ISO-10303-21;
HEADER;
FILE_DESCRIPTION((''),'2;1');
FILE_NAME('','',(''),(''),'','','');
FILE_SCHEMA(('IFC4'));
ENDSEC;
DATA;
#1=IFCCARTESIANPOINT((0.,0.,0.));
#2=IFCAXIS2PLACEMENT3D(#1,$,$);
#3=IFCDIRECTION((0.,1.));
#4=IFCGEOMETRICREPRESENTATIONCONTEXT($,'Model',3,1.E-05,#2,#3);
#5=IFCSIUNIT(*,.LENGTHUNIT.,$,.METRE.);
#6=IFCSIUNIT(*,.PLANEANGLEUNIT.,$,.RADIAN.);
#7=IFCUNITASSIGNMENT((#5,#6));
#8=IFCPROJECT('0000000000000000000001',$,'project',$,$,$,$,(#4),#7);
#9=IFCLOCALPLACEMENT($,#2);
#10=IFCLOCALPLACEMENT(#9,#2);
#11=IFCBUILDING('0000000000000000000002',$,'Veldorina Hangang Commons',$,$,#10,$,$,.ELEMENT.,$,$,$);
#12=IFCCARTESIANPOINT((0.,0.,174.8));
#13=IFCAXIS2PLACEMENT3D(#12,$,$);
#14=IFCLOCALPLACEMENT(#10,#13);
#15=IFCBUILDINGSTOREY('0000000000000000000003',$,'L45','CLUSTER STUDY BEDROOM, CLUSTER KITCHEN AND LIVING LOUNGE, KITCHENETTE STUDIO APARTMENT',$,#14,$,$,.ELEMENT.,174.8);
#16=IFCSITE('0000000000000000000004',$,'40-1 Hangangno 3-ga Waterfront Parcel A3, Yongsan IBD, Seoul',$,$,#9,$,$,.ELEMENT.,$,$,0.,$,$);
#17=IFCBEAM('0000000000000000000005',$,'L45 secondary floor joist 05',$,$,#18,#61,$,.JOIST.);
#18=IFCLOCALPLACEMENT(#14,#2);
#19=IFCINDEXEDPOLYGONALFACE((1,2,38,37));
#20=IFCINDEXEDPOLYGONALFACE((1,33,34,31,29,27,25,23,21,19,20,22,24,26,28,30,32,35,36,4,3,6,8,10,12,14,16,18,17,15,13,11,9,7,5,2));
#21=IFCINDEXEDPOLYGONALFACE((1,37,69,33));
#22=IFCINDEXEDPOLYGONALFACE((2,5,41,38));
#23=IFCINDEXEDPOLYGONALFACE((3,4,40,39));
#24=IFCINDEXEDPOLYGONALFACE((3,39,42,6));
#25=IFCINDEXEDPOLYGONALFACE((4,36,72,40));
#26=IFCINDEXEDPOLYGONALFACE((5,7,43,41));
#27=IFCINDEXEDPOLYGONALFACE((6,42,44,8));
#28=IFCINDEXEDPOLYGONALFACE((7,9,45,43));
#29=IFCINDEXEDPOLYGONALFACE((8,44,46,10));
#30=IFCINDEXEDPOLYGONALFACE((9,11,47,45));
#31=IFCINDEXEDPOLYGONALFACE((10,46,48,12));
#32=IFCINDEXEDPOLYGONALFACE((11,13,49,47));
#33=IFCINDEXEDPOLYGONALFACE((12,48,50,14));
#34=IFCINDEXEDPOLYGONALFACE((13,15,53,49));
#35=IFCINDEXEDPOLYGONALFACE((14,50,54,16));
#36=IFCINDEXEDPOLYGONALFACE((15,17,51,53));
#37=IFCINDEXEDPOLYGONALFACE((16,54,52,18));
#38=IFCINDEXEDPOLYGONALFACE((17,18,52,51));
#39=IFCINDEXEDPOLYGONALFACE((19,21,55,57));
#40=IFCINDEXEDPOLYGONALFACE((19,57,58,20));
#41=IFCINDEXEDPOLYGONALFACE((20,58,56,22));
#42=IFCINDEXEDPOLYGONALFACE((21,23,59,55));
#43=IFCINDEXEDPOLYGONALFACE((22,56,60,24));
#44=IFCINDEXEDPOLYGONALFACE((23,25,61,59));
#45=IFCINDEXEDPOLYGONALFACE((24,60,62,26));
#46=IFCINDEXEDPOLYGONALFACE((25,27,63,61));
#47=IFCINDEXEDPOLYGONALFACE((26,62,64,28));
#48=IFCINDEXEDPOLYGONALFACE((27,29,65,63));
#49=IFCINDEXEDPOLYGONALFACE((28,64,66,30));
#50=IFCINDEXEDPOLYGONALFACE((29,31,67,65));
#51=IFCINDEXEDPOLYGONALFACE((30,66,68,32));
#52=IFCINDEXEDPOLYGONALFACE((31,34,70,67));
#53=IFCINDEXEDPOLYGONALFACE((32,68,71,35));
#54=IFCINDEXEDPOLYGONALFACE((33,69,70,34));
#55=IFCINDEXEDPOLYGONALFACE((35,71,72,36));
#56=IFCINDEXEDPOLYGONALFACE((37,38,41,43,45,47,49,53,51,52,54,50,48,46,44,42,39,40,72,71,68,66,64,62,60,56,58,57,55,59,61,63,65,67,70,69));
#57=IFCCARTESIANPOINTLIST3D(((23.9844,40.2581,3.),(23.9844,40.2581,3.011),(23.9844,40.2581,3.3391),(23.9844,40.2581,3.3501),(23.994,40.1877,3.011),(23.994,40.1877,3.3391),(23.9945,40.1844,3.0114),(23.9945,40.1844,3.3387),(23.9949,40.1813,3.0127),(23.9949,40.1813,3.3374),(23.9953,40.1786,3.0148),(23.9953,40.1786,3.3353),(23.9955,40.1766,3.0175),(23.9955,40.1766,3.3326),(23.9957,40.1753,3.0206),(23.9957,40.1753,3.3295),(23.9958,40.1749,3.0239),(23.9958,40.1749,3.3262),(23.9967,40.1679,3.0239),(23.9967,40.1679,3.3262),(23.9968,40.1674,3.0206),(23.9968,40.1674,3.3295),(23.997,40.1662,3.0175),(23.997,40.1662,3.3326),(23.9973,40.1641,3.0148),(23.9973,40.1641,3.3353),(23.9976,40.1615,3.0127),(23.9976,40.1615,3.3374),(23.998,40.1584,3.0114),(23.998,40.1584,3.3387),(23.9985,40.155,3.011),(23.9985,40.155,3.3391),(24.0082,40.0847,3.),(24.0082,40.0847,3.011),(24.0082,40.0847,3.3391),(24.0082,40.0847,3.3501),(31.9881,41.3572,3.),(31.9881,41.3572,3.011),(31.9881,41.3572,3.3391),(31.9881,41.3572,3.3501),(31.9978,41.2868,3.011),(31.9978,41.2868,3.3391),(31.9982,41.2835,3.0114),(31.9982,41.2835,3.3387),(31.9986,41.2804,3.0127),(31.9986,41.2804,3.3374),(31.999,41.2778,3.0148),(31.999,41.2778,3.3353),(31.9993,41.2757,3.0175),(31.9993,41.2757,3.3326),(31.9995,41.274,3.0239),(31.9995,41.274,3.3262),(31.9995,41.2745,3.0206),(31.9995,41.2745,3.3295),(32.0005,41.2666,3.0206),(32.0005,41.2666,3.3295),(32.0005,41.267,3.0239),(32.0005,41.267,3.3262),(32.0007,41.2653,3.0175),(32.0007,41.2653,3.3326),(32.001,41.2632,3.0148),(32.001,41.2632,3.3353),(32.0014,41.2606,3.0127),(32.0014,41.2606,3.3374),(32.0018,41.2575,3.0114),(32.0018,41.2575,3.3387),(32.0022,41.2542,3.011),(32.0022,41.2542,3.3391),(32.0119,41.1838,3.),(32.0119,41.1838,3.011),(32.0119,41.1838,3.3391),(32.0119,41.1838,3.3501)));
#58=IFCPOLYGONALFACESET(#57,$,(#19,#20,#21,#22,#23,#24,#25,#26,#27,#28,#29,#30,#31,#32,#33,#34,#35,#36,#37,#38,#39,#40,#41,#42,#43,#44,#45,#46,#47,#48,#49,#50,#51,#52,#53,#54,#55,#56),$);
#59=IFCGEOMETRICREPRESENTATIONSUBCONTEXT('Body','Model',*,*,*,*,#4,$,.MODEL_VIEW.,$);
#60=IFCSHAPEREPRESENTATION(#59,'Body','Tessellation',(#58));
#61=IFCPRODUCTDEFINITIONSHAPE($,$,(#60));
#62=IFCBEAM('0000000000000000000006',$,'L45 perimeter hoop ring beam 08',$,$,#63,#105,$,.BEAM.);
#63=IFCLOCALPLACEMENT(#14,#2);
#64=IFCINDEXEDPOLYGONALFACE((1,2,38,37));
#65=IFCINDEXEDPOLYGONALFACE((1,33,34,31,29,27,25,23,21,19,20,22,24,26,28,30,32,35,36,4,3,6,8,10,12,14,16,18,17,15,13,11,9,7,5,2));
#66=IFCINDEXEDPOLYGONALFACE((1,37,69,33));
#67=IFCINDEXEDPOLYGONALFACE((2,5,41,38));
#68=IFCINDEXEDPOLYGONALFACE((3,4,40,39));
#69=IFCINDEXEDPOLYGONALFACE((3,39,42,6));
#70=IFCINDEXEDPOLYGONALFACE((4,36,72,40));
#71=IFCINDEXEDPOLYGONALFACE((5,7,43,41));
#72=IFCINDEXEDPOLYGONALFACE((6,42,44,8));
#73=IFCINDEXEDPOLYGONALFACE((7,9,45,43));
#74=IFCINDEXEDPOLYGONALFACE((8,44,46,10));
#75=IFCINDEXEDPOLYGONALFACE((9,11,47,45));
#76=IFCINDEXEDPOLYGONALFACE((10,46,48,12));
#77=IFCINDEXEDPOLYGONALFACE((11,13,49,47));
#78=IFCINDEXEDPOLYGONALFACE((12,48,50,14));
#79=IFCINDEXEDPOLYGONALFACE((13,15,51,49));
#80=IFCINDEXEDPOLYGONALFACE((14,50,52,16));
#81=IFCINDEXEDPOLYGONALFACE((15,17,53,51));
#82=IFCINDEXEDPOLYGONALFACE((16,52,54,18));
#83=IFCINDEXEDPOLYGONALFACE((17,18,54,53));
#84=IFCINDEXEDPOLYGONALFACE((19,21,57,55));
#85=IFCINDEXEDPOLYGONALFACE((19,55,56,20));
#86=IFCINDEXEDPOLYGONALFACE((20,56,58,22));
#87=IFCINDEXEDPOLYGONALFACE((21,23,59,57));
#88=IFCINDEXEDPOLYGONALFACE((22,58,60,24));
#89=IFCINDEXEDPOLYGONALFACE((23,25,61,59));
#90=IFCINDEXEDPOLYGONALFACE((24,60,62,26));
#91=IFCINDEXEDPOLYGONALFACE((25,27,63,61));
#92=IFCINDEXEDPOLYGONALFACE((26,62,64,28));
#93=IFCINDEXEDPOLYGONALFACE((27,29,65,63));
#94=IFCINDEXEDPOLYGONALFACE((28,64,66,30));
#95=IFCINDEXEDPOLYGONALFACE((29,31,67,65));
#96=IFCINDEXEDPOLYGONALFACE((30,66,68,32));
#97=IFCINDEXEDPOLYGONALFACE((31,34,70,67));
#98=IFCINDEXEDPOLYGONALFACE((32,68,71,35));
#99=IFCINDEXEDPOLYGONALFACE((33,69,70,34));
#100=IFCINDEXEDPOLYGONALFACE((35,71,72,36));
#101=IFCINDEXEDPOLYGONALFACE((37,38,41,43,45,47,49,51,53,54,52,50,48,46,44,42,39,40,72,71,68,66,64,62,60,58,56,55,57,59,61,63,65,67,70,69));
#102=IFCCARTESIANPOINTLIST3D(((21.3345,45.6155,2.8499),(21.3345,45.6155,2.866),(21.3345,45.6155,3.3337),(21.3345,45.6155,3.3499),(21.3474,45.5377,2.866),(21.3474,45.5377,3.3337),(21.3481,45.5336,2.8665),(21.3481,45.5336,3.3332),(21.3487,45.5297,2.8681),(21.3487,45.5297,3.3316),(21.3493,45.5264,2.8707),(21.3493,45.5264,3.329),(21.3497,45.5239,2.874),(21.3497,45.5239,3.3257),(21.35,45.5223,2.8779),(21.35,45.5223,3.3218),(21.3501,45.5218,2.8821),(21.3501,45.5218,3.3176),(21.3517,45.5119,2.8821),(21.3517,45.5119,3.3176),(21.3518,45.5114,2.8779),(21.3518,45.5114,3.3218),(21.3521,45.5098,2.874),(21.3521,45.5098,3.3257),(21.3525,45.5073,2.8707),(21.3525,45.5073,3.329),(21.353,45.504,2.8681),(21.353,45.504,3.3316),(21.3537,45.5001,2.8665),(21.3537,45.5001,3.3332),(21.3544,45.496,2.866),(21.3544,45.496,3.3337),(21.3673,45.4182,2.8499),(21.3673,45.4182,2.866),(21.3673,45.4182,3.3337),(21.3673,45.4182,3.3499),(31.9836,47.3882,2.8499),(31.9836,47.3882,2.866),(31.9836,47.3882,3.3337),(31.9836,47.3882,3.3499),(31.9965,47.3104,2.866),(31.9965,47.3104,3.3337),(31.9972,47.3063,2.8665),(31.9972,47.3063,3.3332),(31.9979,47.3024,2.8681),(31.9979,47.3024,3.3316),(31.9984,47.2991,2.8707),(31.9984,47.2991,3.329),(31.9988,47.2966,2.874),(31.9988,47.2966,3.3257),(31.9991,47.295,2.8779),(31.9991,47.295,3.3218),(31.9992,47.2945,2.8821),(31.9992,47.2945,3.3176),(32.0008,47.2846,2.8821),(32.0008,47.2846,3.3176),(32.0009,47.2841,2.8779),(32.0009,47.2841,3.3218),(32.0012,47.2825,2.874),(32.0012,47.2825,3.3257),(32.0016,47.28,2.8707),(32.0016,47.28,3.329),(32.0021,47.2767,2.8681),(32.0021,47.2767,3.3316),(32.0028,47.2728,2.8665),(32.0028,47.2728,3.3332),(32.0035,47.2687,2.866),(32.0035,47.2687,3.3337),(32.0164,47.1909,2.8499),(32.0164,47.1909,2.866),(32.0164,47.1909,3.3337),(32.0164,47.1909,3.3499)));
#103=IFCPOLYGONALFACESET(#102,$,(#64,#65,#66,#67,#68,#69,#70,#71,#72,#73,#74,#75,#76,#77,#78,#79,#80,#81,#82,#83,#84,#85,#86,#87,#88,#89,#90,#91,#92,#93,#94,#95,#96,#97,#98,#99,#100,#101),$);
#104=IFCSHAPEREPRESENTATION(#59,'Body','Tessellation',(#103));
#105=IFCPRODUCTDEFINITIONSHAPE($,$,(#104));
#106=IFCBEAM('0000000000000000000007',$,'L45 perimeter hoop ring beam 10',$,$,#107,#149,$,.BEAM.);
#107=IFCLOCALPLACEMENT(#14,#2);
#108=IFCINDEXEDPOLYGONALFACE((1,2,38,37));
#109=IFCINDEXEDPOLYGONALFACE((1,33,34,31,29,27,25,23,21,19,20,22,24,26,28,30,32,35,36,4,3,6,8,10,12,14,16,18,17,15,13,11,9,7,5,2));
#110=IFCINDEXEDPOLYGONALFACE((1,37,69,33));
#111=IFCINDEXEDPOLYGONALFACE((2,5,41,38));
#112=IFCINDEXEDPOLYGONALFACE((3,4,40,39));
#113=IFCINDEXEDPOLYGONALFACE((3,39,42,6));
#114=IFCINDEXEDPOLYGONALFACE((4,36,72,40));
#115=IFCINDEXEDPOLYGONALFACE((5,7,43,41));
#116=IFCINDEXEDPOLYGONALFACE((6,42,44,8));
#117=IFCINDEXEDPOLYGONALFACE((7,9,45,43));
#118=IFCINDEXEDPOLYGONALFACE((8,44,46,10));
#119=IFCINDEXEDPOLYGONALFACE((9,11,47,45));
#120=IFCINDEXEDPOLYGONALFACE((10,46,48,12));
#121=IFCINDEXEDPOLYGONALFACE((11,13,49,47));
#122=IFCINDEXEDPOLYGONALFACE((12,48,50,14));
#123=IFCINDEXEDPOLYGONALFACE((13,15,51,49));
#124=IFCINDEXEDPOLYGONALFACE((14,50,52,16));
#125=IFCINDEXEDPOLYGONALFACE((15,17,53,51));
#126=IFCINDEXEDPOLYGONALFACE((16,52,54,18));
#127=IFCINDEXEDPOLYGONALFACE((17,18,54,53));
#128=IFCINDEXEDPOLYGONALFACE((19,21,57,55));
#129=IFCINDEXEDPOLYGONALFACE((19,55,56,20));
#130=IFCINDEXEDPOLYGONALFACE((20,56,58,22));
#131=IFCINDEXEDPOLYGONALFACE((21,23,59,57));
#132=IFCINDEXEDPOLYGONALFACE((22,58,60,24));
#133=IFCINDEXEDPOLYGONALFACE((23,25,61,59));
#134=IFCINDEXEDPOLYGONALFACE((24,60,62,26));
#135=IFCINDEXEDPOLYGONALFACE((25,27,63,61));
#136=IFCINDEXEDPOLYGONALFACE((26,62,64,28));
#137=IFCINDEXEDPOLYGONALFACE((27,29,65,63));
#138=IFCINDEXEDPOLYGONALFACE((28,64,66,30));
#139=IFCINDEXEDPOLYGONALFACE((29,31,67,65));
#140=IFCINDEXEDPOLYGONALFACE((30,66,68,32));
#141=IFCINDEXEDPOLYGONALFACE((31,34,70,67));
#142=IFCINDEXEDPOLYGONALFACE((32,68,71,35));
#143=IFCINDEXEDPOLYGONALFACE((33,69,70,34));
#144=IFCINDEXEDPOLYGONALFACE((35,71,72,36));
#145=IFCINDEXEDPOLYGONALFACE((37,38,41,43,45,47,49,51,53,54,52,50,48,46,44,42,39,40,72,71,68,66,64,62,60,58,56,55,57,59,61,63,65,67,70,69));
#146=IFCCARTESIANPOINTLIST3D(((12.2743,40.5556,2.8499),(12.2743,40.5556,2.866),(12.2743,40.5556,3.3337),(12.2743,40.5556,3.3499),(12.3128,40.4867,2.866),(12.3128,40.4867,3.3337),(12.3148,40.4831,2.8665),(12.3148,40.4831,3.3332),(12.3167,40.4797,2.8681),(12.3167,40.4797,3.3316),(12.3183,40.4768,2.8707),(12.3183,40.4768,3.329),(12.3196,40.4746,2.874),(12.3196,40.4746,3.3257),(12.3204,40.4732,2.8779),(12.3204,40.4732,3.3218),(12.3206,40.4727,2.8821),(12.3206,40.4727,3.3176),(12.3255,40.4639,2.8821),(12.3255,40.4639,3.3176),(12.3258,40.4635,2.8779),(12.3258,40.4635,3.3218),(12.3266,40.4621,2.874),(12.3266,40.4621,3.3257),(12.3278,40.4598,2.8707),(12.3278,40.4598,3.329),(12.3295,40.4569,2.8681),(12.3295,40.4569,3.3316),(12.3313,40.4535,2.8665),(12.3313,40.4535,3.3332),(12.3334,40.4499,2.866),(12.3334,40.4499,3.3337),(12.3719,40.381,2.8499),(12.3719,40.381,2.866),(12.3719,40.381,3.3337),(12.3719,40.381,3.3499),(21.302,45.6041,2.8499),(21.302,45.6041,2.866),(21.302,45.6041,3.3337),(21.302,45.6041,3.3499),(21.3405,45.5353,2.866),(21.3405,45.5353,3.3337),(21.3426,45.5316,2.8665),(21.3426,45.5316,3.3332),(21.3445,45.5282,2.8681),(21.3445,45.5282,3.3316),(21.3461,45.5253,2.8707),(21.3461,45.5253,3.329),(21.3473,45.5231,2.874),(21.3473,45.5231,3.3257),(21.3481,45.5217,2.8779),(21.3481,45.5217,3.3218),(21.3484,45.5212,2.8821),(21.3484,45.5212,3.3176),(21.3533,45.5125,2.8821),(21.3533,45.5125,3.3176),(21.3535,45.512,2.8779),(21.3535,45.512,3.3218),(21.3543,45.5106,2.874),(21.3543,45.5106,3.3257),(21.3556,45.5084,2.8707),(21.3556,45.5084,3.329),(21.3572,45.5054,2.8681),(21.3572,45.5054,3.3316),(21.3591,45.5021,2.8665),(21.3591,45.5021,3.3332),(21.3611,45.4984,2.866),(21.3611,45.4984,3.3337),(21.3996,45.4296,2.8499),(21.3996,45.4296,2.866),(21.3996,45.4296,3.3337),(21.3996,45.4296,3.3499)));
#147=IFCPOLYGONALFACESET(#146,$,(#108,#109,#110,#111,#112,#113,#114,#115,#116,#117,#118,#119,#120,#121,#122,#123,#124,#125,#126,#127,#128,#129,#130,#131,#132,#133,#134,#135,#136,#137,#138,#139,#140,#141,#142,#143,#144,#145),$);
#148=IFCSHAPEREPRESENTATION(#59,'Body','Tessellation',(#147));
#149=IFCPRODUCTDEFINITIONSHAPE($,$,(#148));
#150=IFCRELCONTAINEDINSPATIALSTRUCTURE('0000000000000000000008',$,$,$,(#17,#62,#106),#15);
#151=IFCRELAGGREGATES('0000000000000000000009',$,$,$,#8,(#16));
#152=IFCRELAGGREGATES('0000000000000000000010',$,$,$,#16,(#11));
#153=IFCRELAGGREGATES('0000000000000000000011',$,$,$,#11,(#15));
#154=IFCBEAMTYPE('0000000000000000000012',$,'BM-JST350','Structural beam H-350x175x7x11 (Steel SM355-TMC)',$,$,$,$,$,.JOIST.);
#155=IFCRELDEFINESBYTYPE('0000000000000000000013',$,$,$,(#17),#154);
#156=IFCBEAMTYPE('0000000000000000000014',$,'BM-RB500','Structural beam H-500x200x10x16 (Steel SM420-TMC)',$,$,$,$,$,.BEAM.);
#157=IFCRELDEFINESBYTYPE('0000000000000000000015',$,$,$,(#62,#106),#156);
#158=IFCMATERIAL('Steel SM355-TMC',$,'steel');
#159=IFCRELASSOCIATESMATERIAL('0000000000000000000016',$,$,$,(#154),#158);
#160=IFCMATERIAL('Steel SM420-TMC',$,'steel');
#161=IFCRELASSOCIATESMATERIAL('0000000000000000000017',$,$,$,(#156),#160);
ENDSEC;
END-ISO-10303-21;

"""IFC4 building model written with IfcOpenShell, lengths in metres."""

from ifc_helpers import new_model, si_unit, direction, frame, origin, origin_2d, place, context, subcontext, project, spatial, i_section, extrude, material, material_profile, profile_set, type_object, element, save


model = new_model("IFC4")

# Units and contexts
model_context = context("Model", 3, precision=1e-05, world=origin(), true_north=direction((0.0, 1.0)))
body_context = subcontext(model_context, "Body", "Model", "MODEL_VIEW")
ifc_project = project(units=[si_unit("LENGTHUNIT", "METRE"), si_unit("PLANEANGLEUNIT", "RADIAN")], contexts=[model_context])

# Site, building, storey
site_placement = place(None, origin())
site = spatial("IfcSite", under=ifc_project, at=site_placement, Name="40-1 Hangangno 3-ga Waterfront Parcel A3, Yongsan IBD, Seoul", CompositionType="ELEMENT", RefElevation=0.0)
building_placement = place(site_placement, origin())
building = spatial("IfcBuilding", under=site, at=building_placement, Name="Veldorina Hangang Commons", CompositionType="ELEMENT")
storey_placement = place(building_placement, frame((0.0, 0.0, 174.8)))
storey = spatial("IfcBuildingStorey", under=building, at=storey_placement, Name="L45", Description="CLUSTER STUDY BEDROOM, CLUSTER KITCHEN AND LIVING LOUNGE, KITCHENETTE STUDIO APARTMENT", CompositionType="ELEMENT", Elevation=174.8)

# Beams
ifc_material_1 = material(Name="Steel SM355-TMC", Category="steel")
ifc_material_profile_1 = material_profile(ifc_material_1, i_section(OverallWidth=0.175, OverallDepth=0.3501, WebThickness=0.0071, FlangeThickness=0.011, FilletRadius=0.0129, at=origin_2d()), Name="H-350x175x7x11")
ifc_profile_set_1 = profile_set([ifc_material_profile_1], Name="Steel SM355-TMC")
beam_type_1 = type_object("IfcBeamType", Name="BM-JST350", Description="Structural beam H-350x175x7x11 (Steel SM355-TMC)", PredefinedType="JOIST", material=ifc_profile_set_1)
beam_1_placement = place(storey_placement, frame((32.0, 41.2705, 3.175), z_axis=(-0.990702, -0.13605, 0.0), x_axis=(0.13605, -0.990702, 0.0)))
element("IfcBeam", 1, at=beam_1_placement, inside=storey, type_object=beam_type_1, Name="L45 secondary floor joist 05", PredefinedType="JOIST", context=body_context, shape_type="SweptSolid", body=[
    extrude(i_section(OverallWidth=0.175, OverallDepth=0.3501, WebThickness=0.0071, FlangeThickness=0.011, FilletRadius=0.0129, at=origin_2d()), origin(), (0.0, 0.0, 1.0), 8.0789),
])
ifc_material_2 = material(Name="Steel SM420-TMC", Category="steel")
ifc_material_profile_2 = material_profile(ifc_material_2, i_section(OverallWidth=0.2, OverallDepth=0.5, WebThickness=0.01, FlangeThickness=0.0161, FilletRadius=0.0161, at=origin_2d()), Name="H-500x200x10x16")
ifc_profile_set_2 = profile_set([ifc_material_profile_2], Name="Steel SM420-TMC")
beam_type_2 = type_object("IfcBeamType", Name="BM-RB500", Description="Structural beam H-500x200x10x16 (Steel SM420-TMC)", PredefinedType="BEAM", material=ifc_profile_set_2)
beam_2_placement = place(storey_placement, frame((32.0, 47.2896, 3.0999), z_axis=(-0.986426, -0.164205, 0.0), x_axis=(0.164205, -0.986426, 0.0)))
element("IfcBeam", 2, at=beam_2_placement, inside=storey, type_object=beam_type_2, Name="L45 perimeter hoop ring beam 08", PredefinedType="BEAM", context=body_context, shape_type="SweptSolid", body=[
    extrude(i_section(OverallWidth=0.2, OverallDepth=0.5, WebThickness=0.01, FlangeThickness=0.0161, FilletRadius=0.0161, at=origin_2d()), origin(), (0.0, 0.0, 1.0), 10.7957),
])
beam_3_placement = place(storey_placement, frame((21.3508, 45.5168, 3.0999), z_axis=(-0.872794, -0.488088, 0.0), x_axis=(0.488088, -0.872794, 0.0)))
element("IfcBeam", 3, at=beam_3_placement, inside=storey, type_object=beam_type_2, Name="L45 perimeter hoop ring beam 10", PredefinedType="BEAM", context=body_context, shape_type="SweptSolid", body=[
    extrude(i_section(OverallWidth=0.2, OverallDepth=0.5, WebThickness=0.01, FlangeThickness=0.0161, FilletRadius=0.0161, at=origin_2d()), origin(), (0.0, 0.0, 1.0), 10.3435),
])

save(model, "model.ifc")
